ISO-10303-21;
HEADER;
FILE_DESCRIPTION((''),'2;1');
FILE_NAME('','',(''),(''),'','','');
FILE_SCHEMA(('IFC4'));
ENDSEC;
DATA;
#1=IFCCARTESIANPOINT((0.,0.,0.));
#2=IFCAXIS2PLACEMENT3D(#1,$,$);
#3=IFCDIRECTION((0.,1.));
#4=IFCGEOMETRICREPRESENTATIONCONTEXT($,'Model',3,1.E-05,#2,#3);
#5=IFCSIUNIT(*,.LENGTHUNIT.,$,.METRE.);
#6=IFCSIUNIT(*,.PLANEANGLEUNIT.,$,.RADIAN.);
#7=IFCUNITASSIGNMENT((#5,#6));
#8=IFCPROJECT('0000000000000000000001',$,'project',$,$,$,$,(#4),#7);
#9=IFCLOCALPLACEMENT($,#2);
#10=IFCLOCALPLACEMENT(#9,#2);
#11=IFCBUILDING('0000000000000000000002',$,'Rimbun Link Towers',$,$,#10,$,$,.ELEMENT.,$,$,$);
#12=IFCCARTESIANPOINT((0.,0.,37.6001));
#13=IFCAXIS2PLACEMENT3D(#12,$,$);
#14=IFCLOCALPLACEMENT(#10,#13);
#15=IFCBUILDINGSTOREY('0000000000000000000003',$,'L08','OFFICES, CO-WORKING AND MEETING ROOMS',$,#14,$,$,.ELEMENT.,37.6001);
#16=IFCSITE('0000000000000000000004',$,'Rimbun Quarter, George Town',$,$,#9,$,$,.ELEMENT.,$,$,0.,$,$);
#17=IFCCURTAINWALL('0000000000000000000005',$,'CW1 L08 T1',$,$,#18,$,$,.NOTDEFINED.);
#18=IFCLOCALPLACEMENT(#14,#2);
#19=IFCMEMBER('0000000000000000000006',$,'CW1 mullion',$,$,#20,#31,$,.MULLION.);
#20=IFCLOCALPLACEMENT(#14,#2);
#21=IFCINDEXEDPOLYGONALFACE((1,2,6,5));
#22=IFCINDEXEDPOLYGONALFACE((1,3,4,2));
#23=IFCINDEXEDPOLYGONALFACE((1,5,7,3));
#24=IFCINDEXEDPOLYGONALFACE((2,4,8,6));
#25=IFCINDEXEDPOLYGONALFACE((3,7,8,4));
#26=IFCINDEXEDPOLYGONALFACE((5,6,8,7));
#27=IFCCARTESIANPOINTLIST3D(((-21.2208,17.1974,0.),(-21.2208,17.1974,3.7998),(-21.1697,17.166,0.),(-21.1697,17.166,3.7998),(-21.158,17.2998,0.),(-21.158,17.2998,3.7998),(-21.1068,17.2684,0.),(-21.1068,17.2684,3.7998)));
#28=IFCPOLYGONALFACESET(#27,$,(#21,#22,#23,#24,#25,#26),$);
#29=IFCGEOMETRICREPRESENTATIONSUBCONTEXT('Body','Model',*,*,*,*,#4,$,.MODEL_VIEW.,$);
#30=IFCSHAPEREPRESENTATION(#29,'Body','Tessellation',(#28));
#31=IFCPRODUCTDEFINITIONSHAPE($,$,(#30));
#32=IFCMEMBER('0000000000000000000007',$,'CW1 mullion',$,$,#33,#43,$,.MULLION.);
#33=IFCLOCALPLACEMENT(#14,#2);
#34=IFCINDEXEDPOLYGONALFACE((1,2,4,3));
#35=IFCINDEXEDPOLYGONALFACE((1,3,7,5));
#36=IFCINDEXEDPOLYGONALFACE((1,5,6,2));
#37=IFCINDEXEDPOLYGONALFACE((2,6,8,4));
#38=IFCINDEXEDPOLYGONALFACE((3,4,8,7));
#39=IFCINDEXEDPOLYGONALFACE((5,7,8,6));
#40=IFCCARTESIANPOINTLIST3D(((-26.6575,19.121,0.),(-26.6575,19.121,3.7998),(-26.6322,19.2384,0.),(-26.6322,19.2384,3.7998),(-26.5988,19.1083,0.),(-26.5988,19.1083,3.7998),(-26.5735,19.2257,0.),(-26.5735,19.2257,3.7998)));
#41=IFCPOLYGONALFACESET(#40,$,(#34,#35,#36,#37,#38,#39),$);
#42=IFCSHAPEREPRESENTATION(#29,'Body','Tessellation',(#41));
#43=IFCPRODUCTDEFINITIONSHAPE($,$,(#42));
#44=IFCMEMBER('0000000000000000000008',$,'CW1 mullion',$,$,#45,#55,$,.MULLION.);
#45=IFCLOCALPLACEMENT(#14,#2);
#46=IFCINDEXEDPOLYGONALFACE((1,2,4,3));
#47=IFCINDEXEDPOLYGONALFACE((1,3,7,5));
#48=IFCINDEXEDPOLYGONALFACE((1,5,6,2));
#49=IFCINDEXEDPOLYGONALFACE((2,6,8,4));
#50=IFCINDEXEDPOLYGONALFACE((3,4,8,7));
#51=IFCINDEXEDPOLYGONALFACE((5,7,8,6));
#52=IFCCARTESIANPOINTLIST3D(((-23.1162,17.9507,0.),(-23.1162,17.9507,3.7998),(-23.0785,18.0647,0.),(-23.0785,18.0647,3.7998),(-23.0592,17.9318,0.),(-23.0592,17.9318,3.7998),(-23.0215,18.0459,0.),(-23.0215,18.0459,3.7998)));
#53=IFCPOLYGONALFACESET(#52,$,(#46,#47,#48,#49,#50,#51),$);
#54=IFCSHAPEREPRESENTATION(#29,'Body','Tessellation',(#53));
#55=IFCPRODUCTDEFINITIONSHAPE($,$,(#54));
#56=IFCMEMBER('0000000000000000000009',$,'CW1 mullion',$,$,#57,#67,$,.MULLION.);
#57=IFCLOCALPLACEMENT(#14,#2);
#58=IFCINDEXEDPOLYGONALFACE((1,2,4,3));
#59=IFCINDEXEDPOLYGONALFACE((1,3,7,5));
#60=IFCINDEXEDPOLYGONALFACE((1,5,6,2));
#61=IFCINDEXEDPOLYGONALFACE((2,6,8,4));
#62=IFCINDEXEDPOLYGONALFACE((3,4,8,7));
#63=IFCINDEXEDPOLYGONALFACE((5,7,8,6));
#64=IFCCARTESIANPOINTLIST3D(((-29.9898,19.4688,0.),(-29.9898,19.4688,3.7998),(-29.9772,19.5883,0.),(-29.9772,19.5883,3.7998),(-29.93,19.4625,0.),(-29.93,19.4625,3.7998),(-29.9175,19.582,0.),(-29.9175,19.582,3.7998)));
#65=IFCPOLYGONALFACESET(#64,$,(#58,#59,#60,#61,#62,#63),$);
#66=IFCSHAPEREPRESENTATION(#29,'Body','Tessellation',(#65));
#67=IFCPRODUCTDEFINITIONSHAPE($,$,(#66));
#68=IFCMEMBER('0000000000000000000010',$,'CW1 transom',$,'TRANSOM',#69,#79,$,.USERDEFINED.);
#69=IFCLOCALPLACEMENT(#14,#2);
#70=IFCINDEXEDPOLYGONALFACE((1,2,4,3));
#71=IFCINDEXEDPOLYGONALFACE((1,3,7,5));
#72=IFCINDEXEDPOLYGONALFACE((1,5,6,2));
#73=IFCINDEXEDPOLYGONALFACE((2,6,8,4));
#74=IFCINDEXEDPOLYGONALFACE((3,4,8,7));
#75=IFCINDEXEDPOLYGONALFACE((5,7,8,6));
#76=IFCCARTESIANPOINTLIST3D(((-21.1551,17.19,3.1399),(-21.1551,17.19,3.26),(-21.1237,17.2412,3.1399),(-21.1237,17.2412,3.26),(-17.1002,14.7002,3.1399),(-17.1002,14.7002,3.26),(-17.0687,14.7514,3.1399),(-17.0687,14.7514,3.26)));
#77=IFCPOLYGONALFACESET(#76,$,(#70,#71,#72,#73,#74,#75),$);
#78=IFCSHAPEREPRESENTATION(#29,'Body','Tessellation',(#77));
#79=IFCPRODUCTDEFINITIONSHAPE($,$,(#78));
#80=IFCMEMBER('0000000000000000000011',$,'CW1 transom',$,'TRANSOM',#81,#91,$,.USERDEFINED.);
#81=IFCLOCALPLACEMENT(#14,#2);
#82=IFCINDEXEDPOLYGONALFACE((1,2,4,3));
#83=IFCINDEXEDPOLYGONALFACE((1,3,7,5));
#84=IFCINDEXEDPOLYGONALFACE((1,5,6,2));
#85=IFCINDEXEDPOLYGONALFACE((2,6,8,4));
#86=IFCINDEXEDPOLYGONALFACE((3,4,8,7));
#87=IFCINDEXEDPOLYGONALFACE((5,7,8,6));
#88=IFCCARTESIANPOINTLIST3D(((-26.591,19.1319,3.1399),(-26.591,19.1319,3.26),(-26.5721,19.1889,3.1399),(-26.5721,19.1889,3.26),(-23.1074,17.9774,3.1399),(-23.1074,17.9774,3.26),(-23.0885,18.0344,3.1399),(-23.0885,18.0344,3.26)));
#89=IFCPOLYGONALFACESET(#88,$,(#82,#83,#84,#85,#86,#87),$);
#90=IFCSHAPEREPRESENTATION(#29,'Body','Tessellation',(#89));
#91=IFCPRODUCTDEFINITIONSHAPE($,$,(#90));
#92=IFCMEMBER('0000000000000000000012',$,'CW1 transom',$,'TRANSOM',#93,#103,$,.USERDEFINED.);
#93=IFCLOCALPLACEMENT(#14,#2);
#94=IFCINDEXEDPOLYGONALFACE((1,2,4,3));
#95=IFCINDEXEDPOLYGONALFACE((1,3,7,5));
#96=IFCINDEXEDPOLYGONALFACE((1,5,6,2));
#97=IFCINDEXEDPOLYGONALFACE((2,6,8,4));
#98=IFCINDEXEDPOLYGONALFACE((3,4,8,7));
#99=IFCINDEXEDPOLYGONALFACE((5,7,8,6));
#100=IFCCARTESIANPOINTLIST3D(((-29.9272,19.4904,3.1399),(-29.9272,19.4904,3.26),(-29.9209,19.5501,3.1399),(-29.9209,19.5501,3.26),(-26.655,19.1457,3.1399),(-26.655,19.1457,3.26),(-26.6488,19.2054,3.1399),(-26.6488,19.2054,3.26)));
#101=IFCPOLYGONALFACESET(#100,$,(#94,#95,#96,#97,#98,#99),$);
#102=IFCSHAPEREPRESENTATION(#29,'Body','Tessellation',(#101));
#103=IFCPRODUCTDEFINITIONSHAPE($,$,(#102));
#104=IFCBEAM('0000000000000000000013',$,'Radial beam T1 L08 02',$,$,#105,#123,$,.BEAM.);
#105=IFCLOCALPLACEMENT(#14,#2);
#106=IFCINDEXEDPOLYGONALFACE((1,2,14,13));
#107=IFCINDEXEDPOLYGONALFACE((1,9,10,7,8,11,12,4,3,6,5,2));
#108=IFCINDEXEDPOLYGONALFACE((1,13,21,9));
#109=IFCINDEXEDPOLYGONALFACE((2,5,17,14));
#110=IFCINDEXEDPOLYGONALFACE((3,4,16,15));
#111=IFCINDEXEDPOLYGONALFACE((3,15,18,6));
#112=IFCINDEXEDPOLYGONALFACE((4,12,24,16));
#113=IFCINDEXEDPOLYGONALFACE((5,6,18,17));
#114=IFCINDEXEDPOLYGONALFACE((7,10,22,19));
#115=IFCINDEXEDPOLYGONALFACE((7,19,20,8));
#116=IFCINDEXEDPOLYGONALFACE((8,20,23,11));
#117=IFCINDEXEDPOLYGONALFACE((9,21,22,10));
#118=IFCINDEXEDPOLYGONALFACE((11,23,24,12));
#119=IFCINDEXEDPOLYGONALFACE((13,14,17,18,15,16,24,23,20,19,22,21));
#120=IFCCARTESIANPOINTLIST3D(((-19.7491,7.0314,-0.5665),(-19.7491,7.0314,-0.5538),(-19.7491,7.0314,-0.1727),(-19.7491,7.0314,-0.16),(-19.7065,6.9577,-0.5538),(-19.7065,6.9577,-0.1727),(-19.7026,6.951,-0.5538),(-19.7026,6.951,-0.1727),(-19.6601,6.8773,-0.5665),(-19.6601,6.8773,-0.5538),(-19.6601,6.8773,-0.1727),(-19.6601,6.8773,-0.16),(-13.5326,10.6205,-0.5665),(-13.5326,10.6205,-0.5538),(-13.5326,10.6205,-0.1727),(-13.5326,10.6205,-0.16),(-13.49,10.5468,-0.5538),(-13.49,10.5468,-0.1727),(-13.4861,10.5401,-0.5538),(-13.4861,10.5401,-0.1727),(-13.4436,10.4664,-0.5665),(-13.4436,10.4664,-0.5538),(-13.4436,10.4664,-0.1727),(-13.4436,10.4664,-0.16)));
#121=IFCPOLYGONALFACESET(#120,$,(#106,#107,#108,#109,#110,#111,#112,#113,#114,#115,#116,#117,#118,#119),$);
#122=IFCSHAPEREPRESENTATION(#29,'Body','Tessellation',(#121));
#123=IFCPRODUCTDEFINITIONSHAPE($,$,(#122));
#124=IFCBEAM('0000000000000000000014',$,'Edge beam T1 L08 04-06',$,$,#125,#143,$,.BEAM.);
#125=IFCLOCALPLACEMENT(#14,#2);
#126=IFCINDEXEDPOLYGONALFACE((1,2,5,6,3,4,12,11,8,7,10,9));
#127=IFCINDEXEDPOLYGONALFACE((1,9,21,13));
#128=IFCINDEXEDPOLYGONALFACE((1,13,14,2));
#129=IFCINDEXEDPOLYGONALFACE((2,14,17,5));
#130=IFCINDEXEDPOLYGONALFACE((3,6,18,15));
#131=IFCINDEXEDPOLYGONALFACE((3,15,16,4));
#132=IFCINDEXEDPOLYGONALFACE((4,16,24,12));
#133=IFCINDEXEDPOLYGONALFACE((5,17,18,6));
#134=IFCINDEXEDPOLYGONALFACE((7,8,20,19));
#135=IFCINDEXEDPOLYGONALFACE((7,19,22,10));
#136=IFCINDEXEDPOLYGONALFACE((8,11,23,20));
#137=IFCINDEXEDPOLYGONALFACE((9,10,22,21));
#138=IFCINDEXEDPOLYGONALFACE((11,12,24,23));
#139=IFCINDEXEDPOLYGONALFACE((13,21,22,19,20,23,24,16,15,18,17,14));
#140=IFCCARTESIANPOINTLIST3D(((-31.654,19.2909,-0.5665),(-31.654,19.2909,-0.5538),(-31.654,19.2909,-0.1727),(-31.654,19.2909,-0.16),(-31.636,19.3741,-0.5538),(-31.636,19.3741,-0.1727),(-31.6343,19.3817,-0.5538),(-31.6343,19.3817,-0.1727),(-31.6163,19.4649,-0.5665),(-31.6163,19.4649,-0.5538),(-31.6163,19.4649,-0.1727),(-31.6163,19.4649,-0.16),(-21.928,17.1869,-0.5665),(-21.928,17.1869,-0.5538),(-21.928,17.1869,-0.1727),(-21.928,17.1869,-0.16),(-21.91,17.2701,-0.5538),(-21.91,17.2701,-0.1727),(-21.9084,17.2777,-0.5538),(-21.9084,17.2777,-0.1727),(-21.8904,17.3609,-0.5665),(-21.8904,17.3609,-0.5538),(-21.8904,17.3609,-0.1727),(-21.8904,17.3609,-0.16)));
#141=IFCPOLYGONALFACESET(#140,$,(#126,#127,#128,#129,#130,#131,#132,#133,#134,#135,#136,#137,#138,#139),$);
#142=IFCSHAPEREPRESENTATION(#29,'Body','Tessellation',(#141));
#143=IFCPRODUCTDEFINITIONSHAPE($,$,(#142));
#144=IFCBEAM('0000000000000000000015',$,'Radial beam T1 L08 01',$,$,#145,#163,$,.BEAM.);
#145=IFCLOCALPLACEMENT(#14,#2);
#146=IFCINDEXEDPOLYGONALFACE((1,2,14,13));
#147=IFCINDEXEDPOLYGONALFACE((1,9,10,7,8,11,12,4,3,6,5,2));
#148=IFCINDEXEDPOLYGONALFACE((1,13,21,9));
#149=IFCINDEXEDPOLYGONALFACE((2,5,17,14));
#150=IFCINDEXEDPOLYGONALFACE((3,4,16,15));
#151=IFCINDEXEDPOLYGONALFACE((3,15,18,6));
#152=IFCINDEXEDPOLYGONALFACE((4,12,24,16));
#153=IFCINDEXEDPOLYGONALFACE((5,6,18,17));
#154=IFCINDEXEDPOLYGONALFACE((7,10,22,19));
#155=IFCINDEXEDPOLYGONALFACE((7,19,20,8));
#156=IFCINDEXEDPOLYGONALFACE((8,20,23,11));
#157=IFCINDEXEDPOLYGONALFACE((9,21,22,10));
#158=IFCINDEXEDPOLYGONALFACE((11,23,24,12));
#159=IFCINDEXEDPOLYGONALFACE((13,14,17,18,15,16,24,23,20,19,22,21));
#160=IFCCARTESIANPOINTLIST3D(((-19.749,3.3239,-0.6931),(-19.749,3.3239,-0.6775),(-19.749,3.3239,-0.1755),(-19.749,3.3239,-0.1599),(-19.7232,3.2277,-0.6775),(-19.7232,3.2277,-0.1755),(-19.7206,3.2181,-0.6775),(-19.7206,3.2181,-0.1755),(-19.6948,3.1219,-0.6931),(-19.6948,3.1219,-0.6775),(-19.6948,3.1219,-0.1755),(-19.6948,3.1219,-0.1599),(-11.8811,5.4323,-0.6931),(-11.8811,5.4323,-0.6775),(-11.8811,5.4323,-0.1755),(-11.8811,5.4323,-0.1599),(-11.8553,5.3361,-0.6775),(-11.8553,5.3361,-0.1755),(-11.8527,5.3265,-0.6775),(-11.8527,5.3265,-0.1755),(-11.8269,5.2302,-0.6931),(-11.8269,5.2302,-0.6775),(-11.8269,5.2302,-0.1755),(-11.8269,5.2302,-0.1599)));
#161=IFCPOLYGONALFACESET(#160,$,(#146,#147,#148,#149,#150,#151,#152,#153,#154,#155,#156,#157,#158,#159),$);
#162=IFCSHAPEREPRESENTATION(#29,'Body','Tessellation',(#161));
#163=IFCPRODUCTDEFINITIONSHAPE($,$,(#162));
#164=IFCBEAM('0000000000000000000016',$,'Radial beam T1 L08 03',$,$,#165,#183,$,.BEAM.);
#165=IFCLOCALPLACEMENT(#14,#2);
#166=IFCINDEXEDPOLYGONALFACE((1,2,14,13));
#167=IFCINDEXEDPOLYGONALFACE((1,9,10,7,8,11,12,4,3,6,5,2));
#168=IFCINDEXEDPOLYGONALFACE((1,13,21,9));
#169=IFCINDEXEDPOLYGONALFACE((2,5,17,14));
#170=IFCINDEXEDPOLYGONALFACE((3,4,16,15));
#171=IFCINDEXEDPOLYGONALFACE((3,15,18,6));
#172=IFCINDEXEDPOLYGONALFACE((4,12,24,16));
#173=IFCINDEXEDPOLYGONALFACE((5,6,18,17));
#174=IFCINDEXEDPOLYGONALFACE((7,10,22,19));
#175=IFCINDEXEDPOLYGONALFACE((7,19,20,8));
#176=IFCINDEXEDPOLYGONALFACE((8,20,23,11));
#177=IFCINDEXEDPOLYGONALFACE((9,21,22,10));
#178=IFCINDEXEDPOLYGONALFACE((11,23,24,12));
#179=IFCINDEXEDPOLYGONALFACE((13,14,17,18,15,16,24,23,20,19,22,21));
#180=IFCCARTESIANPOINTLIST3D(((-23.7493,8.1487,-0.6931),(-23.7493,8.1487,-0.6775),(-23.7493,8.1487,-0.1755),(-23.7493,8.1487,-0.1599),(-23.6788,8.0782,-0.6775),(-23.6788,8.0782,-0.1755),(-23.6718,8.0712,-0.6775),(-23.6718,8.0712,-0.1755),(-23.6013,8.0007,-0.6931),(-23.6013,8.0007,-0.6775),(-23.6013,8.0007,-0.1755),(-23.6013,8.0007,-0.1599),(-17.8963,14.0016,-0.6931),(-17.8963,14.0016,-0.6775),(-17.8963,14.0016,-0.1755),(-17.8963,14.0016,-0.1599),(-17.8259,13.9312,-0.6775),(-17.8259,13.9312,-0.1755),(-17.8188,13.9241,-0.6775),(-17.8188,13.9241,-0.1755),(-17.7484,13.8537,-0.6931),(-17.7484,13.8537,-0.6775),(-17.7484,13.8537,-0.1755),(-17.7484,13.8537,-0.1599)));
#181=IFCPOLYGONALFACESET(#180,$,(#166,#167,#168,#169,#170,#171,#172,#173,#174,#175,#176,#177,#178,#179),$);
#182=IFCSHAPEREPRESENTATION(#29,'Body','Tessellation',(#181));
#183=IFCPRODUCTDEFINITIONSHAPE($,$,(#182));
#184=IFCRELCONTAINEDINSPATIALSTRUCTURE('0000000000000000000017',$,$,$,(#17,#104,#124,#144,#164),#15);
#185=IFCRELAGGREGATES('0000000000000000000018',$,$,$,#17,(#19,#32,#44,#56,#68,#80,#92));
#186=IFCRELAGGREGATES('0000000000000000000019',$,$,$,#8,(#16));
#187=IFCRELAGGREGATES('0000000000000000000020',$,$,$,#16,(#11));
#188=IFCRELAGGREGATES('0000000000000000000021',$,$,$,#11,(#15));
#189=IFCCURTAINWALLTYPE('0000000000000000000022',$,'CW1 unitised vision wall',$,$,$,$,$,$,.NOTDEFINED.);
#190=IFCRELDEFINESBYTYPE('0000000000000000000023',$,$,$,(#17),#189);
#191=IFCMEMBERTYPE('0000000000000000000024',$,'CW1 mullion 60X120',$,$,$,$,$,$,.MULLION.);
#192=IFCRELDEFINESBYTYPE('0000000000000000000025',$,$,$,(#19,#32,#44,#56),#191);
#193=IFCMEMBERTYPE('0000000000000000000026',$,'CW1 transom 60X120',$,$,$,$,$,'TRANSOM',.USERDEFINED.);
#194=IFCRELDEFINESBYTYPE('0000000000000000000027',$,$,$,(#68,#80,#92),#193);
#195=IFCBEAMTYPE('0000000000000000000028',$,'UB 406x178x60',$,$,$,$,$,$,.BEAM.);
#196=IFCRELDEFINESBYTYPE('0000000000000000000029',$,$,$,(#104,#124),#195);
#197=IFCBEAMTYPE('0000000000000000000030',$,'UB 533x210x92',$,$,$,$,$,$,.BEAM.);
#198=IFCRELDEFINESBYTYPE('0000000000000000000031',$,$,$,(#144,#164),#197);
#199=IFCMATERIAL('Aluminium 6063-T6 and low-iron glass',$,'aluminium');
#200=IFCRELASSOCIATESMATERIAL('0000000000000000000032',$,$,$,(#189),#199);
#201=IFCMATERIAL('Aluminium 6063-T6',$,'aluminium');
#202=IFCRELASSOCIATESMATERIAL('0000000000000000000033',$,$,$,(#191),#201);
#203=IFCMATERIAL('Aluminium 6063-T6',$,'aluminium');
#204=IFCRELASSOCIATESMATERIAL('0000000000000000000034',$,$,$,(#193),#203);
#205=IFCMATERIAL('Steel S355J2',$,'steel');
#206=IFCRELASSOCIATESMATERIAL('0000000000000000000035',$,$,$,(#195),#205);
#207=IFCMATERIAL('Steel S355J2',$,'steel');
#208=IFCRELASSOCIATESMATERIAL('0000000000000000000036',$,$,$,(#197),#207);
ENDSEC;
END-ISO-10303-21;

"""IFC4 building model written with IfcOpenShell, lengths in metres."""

from ifc_helpers import new_model, si_unit, direction, frame, origin, origin_2d, place, context, subcontext, project, spatial, rectangle, i_section, extrude, material, material_profile, profile_set, type_object, element, aggregate, save


model = new_model("IFC4")

# Units and contexts
model_context = context("Model", 3, precision=1e-05, world=origin(), true_north=direction((0.0, 1.0)))
body_context = subcontext(model_context, "Body", "Model", "MODEL_VIEW")
ifc_project = project(units=[si_unit("LENGTHUNIT", "METRE"), si_unit("PLANEANGLEUNIT", "RADIAN")], contexts=[model_context])

# Site, building, storey
site_placement = place(None, origin())
site = spatial("IfcSite", under=ifc_project, at=site_placement, Name="Rimbun Quarter, George Town", CompositionType="ELEMENT", RefElevation=0.0)
building_placement = place(site_placement, origin())
building = spatial("IfcBuilding", under=site, at=building_placement, Name="Rimbun Link Towers", CompositionType="ELEMENT")
storey_placement = place(building_placement, frame((0.0, 0.0, 37.6001)))
storey = spatial("IfcBuildingStorey", under=building, at=storey_placement, Name="L08", Description="OFFICES, CO-WORKING AND MEETING ROOMS", CompositionType="ELEMENT", Elevation=37.6001)

# Curtain wall, members
ifc_material_1 = material(Name="Aluminium 6063-T6 and low-iron glass", Category="aluminium")
curtain_wall_type = type_object("IfcCurtainWallType", Name="CW1 unitised vision wall", PredefinedType="NOTDEFINED", material=ifc_material_1)
curtain_wall_placement = place(storey_placement, origin())
curtain_wall = element("IfcCurtainWall", 1, at=curtain_wall_placement, inside=storey, type_object=curtain_wall_type, Name="CW1 L08 T1", PredefinedType="NOTDEFINED")
ifc_material_2 = material(Name="Aluminium 6063-T6", Category="aluminium")
ifc_material_profile_1 = material_profile(ifc_material_2, rectangle(XDim=0.1201, YDim=0.0601, at=origin_2d()), Name="MULLION 60X120")
ifc_profile_set_1 = profile_set([ifc_material_profile_1], Name="Aluminium 6063-T6")
member_type_1 = type_object("IfcMemberType", Name="CW1 mullion 60X120", PredefinedType="MULLION", material=ifc_profile_set_1)
member_1_placement = place(storey_placement, frame((-21.1638, 17.2329, 0.0), z_axis=(0.0, 0.0, 1.0), x_axis=(0.523232, 0.85219, 0.0)))
member_1 = element("IfcMember", 2, at=member_1_placement, type_object=member_type_1, Name="CW1 mullion", PredefinedType="MULLION", context=body_context, shape_type="SweptSolid", body=[
    extrude(rectangle(XDim=0.1201, YDim=0.0601, at=origin_2d()), origin(), (0.0, 0.0, 1.0), 3.7998),
])
member_2_placement = place(storey_placement, frame((-26.6155, 19.1733, 0.0), z_axis=(0.0, 0.0, 1.0), x_axis=(0.210877, 0.977513, 0.0)))
member_2 = element("IfcMember", 3, at=member_2_placement, type_object=member_type_1, Name="CW1 mullion", PredefinedType="MULLION", context=body_context, shape_type="SweptSolid", body=[
    extrude(rectangle(XDim=0.1201, YDim=0.0601, at=origin_2d()), origin(), (0.0, 0.0, 1.0), 3.7998),
])
member_3_placement = place(storey_placement, frame((-23.0688, 17.9983, 0.0), z_axis=(0.0, 0.0, 1.0), x_axis=(0.314564, 0.949236, 0.0)))
member_3 = element("IfcMember", 4, at=member_3_placement, type_object=member_type_1, Name="CW1 mullion", PredefinedType="MULLION", context=body_context, shape_type="SweptSolid", body=[
    extrude(rectangle(XDim=0.1201, YDim=0.0601, at=origin_2d()), origin(), (0.0, 0.0, 1.0), 3.7998),
])
member_4_placement = place(storey_placement, frame((-29.9536, 19.5254, 0.0), z_axis=(0.0, 0.0, 1.0), x_axis=(0.104755, 0.994498, 0.0)))
member_4 = element("IfcMember", 5, at=member_4_placement, type_object=member_type_1, Name="CW1 mullion", PredefinedType="MULLION", context=body_context, shape_type="SweptSolid", body=[
    extrude(rectangle(XDim=0.1201, YDim=0.0601, at=origin_2d()), origin(), (0.0, 0.0, 1.0), 3.7998),
])
ifc_material_3 = material(Name="Aluminium 6063-T6", Category="aluminium")
ifc_material_profile_2 = material_profile(ifc_material_3, rectangle(XDim=0.0601, YDim=0.1201, at=origin_2d()), Name="TRANSOM 60X120")
ifc_profile_set_2 = profile_set([ifc_material_profile_2], Name="Aluminium 6063-T6")
member_type_2 = type_object("IfcMemberType", Name="CW1 transom 60X120", ElementType="TRANSOM", PredefinedType="USERDEFINED", material=ifc_profile_set_2)
member_5_placement = place(storey_placement, frame((-21.1394, 17.2156, 3.2), z_axis=(0.852183, -0.523244, 0.0), x_axis=(0.523244, 0.852183, 0.0)))
member_5 = element("IfcMember", 6, at=member_5_placement, type_object=member_type_2, Name="CW1 transom", ObjectType="TRANSOM", PredefinedType="USERDEFINED", context=body_context, shape_type="SweptSolid", body=[
    extrude(rectangle(XDim=0.0601, YDim=0.1201, at=origin_2d()), origin(), (0.0, 0.0, 1.0), 4.7583),
])
member_6_placement = place(storey_placement, frame((-26.5815, 19.1604, 3.2), z_axis=(0.949227, -0.314591, 0.0), x_axis=(0.314591, 0.949227, 0.0)))
member_6 = element("IfcMember", 7, at=member_6_placement, type_object=member_type_2, Name="CW1 transom", ObjectType="TRANSOM", PredefinedType="USERDEFINED", context=body_context, shape_type="SweptSolid", body=[
    extrude(rectangle(XDim=0.0601, YDim=0.1201, at=origin_2d()), origin(), (0.0, 0.0, 1.0), 3.6699),
])
member_7_placement = place(storey_placement, frame((-29.9241, 19.5203, 3.2), z_axis=(0.994497, -0.10477, 0.0), x_axis=(0.10477, 0.994497, 0.0)))
member_7 = element("IfcMember", 8, at=member_7_placement, type_object=member_type_2, Name="CW1 transom", ObjectType="TRANSOM", PredefinedType="USERDEFINED", context=body_context, shape_type="SweptSolid", body=[
    extrude(rectangle(XDim=0.0601, YDim=0.1201, at=origin_2d()), origin(), (0.0, 0.0, 1.0), 3.2903),
])

# Beams
ifc_material_4 = material(Name="Steel S355J2", Category="steel")
ifc_material_profile_3 = material_profile(ifc_material_4, i_section(OverallWidth=0.178, OverallDepth=0.4065, WebThickness=0.0078, FlangeThickness=0.0127, at=origin_2d()), Name="UB 406x178x60")
ifc_profile_set_3 = profile_set([ifc_material_profile_3], Name="Steel S355J2")
beam_type_1 = type_object("IfcBeamType", Name="UB 406x178x60", PredefinedType="BEAM", material=ifc_profile_set_3)
beam_1_placement = place(storey_placement, frame((-19.7046, 6.9543, -0.3633), z_axis=(0.866026, 0.499998, 0.0), x_axis=(-0.499998, 0.866026, 0.0)))
element("IfcBeam", 9, at=beam_1_placement, inside=storey, type_object=beam_type_1, Name="Radial beam T1 L08 02", PredefinedType="BEAM", context=body_context, shape_type="SweptSolid", body=[
    extrude(i_section(OverallWidth=0.178, OverallDepth=0.4065, WebThickness=0.0078, FlangeThickness=0.0127, at=origin_2d()), origin(), (0.0, 0.0, 1.0), 7.1782),
])
beam_2_placement = place(storey_placement, frame((-21.9092, 17.2739, -0.3633), z_axis=(-0.977392, 0.211435, 0.0), x_axis=(-0.211435, -0.977392, 0.0)))
element("IfcBeam", 10, at=beam_2_placement, inside=storey, type_object=beam_type_1, Name="Edge beam T1 L08 04-06", PredefinedType="BEAM", context=body_context, shape_type="SweptSolid", body=[
    extrude(i_section(OverallWidth=0.178, OverallDepth=0.4065, WebThickness=0.0078, FlangeThickness=0.0127, at=origin_2d()), origin(), (0.0, 0.0, 1.0), 9.9509),
])
ifc_material_5 = material(Name="Steel S355J2", Category="steel")
ifc_material_profile_4 = material_profile(ifc_material_5, i_section(OverallWidth=0.2092, OverallDepth=0.5332, WebThickness=0.01, FlangeThickness=0.0156, at=origin_2d()), Name="UB 533x210x92")
ifc_profile_set_4 = profile_set([ifc_material_profile_4], Name="Steel S355J2")
beam_type_2 = type_object("IfcBeamType", Name="UB 533x210x92", PredefinedType="BEAM", material=ifc_profile_set_4)
beam_3_placement = place(storey_placement, frame((-19.7219, 3.2229, -0.4265), z_axis=(0.96592, 0.258841, 0.0), x_axis=(-0.258841, 0.96592, 0.0)))
element("IfcBeam", 11, at=beam_3_placement, inside=storey, type_object=beam_type_2, Name="Radial beam T1 L08 01", PredefinedType="BEAM", context=body_context, shape_type="SweptSolid", body=[
    extrude(i_section(OverallWidth=0.2092, OverallDepth=0.5332, WebThickness=0.01, FlangeThickness=0.0156, at=origin_2d()), origin(), (0.0, 0.0, 1.0), 8.1455),
])
beam_4_placement = place(storey_placement, frame((-23.6753, 8.0747, -0.4265), z_axis=(0.707107, 0.707107, 0.0), x_axis=(-0.707107, 0.707107, 0.0)))
element("IfcBeam", 12, at=beam_4_placement, inside=storey, type_object=beam_type_2, Name="Radial beam T1 L08 03", PredefinedType="BEAM", context=body_context, shape_type="SweptSolid", body=[
    extrude(i_section(OverallWidth=0.2092, OverallDepth=0.5332, WebThickness=0.01, FlangeThickness=0.0156, at=origin_2d()), origin(), (0.0, 0.0, 1.0), 8.2773),
])

aggregate(curtain_wall, [member_1, member_2, member_3, member_4, member_5, member_6, member_7])

save(model, "model.ifc")
